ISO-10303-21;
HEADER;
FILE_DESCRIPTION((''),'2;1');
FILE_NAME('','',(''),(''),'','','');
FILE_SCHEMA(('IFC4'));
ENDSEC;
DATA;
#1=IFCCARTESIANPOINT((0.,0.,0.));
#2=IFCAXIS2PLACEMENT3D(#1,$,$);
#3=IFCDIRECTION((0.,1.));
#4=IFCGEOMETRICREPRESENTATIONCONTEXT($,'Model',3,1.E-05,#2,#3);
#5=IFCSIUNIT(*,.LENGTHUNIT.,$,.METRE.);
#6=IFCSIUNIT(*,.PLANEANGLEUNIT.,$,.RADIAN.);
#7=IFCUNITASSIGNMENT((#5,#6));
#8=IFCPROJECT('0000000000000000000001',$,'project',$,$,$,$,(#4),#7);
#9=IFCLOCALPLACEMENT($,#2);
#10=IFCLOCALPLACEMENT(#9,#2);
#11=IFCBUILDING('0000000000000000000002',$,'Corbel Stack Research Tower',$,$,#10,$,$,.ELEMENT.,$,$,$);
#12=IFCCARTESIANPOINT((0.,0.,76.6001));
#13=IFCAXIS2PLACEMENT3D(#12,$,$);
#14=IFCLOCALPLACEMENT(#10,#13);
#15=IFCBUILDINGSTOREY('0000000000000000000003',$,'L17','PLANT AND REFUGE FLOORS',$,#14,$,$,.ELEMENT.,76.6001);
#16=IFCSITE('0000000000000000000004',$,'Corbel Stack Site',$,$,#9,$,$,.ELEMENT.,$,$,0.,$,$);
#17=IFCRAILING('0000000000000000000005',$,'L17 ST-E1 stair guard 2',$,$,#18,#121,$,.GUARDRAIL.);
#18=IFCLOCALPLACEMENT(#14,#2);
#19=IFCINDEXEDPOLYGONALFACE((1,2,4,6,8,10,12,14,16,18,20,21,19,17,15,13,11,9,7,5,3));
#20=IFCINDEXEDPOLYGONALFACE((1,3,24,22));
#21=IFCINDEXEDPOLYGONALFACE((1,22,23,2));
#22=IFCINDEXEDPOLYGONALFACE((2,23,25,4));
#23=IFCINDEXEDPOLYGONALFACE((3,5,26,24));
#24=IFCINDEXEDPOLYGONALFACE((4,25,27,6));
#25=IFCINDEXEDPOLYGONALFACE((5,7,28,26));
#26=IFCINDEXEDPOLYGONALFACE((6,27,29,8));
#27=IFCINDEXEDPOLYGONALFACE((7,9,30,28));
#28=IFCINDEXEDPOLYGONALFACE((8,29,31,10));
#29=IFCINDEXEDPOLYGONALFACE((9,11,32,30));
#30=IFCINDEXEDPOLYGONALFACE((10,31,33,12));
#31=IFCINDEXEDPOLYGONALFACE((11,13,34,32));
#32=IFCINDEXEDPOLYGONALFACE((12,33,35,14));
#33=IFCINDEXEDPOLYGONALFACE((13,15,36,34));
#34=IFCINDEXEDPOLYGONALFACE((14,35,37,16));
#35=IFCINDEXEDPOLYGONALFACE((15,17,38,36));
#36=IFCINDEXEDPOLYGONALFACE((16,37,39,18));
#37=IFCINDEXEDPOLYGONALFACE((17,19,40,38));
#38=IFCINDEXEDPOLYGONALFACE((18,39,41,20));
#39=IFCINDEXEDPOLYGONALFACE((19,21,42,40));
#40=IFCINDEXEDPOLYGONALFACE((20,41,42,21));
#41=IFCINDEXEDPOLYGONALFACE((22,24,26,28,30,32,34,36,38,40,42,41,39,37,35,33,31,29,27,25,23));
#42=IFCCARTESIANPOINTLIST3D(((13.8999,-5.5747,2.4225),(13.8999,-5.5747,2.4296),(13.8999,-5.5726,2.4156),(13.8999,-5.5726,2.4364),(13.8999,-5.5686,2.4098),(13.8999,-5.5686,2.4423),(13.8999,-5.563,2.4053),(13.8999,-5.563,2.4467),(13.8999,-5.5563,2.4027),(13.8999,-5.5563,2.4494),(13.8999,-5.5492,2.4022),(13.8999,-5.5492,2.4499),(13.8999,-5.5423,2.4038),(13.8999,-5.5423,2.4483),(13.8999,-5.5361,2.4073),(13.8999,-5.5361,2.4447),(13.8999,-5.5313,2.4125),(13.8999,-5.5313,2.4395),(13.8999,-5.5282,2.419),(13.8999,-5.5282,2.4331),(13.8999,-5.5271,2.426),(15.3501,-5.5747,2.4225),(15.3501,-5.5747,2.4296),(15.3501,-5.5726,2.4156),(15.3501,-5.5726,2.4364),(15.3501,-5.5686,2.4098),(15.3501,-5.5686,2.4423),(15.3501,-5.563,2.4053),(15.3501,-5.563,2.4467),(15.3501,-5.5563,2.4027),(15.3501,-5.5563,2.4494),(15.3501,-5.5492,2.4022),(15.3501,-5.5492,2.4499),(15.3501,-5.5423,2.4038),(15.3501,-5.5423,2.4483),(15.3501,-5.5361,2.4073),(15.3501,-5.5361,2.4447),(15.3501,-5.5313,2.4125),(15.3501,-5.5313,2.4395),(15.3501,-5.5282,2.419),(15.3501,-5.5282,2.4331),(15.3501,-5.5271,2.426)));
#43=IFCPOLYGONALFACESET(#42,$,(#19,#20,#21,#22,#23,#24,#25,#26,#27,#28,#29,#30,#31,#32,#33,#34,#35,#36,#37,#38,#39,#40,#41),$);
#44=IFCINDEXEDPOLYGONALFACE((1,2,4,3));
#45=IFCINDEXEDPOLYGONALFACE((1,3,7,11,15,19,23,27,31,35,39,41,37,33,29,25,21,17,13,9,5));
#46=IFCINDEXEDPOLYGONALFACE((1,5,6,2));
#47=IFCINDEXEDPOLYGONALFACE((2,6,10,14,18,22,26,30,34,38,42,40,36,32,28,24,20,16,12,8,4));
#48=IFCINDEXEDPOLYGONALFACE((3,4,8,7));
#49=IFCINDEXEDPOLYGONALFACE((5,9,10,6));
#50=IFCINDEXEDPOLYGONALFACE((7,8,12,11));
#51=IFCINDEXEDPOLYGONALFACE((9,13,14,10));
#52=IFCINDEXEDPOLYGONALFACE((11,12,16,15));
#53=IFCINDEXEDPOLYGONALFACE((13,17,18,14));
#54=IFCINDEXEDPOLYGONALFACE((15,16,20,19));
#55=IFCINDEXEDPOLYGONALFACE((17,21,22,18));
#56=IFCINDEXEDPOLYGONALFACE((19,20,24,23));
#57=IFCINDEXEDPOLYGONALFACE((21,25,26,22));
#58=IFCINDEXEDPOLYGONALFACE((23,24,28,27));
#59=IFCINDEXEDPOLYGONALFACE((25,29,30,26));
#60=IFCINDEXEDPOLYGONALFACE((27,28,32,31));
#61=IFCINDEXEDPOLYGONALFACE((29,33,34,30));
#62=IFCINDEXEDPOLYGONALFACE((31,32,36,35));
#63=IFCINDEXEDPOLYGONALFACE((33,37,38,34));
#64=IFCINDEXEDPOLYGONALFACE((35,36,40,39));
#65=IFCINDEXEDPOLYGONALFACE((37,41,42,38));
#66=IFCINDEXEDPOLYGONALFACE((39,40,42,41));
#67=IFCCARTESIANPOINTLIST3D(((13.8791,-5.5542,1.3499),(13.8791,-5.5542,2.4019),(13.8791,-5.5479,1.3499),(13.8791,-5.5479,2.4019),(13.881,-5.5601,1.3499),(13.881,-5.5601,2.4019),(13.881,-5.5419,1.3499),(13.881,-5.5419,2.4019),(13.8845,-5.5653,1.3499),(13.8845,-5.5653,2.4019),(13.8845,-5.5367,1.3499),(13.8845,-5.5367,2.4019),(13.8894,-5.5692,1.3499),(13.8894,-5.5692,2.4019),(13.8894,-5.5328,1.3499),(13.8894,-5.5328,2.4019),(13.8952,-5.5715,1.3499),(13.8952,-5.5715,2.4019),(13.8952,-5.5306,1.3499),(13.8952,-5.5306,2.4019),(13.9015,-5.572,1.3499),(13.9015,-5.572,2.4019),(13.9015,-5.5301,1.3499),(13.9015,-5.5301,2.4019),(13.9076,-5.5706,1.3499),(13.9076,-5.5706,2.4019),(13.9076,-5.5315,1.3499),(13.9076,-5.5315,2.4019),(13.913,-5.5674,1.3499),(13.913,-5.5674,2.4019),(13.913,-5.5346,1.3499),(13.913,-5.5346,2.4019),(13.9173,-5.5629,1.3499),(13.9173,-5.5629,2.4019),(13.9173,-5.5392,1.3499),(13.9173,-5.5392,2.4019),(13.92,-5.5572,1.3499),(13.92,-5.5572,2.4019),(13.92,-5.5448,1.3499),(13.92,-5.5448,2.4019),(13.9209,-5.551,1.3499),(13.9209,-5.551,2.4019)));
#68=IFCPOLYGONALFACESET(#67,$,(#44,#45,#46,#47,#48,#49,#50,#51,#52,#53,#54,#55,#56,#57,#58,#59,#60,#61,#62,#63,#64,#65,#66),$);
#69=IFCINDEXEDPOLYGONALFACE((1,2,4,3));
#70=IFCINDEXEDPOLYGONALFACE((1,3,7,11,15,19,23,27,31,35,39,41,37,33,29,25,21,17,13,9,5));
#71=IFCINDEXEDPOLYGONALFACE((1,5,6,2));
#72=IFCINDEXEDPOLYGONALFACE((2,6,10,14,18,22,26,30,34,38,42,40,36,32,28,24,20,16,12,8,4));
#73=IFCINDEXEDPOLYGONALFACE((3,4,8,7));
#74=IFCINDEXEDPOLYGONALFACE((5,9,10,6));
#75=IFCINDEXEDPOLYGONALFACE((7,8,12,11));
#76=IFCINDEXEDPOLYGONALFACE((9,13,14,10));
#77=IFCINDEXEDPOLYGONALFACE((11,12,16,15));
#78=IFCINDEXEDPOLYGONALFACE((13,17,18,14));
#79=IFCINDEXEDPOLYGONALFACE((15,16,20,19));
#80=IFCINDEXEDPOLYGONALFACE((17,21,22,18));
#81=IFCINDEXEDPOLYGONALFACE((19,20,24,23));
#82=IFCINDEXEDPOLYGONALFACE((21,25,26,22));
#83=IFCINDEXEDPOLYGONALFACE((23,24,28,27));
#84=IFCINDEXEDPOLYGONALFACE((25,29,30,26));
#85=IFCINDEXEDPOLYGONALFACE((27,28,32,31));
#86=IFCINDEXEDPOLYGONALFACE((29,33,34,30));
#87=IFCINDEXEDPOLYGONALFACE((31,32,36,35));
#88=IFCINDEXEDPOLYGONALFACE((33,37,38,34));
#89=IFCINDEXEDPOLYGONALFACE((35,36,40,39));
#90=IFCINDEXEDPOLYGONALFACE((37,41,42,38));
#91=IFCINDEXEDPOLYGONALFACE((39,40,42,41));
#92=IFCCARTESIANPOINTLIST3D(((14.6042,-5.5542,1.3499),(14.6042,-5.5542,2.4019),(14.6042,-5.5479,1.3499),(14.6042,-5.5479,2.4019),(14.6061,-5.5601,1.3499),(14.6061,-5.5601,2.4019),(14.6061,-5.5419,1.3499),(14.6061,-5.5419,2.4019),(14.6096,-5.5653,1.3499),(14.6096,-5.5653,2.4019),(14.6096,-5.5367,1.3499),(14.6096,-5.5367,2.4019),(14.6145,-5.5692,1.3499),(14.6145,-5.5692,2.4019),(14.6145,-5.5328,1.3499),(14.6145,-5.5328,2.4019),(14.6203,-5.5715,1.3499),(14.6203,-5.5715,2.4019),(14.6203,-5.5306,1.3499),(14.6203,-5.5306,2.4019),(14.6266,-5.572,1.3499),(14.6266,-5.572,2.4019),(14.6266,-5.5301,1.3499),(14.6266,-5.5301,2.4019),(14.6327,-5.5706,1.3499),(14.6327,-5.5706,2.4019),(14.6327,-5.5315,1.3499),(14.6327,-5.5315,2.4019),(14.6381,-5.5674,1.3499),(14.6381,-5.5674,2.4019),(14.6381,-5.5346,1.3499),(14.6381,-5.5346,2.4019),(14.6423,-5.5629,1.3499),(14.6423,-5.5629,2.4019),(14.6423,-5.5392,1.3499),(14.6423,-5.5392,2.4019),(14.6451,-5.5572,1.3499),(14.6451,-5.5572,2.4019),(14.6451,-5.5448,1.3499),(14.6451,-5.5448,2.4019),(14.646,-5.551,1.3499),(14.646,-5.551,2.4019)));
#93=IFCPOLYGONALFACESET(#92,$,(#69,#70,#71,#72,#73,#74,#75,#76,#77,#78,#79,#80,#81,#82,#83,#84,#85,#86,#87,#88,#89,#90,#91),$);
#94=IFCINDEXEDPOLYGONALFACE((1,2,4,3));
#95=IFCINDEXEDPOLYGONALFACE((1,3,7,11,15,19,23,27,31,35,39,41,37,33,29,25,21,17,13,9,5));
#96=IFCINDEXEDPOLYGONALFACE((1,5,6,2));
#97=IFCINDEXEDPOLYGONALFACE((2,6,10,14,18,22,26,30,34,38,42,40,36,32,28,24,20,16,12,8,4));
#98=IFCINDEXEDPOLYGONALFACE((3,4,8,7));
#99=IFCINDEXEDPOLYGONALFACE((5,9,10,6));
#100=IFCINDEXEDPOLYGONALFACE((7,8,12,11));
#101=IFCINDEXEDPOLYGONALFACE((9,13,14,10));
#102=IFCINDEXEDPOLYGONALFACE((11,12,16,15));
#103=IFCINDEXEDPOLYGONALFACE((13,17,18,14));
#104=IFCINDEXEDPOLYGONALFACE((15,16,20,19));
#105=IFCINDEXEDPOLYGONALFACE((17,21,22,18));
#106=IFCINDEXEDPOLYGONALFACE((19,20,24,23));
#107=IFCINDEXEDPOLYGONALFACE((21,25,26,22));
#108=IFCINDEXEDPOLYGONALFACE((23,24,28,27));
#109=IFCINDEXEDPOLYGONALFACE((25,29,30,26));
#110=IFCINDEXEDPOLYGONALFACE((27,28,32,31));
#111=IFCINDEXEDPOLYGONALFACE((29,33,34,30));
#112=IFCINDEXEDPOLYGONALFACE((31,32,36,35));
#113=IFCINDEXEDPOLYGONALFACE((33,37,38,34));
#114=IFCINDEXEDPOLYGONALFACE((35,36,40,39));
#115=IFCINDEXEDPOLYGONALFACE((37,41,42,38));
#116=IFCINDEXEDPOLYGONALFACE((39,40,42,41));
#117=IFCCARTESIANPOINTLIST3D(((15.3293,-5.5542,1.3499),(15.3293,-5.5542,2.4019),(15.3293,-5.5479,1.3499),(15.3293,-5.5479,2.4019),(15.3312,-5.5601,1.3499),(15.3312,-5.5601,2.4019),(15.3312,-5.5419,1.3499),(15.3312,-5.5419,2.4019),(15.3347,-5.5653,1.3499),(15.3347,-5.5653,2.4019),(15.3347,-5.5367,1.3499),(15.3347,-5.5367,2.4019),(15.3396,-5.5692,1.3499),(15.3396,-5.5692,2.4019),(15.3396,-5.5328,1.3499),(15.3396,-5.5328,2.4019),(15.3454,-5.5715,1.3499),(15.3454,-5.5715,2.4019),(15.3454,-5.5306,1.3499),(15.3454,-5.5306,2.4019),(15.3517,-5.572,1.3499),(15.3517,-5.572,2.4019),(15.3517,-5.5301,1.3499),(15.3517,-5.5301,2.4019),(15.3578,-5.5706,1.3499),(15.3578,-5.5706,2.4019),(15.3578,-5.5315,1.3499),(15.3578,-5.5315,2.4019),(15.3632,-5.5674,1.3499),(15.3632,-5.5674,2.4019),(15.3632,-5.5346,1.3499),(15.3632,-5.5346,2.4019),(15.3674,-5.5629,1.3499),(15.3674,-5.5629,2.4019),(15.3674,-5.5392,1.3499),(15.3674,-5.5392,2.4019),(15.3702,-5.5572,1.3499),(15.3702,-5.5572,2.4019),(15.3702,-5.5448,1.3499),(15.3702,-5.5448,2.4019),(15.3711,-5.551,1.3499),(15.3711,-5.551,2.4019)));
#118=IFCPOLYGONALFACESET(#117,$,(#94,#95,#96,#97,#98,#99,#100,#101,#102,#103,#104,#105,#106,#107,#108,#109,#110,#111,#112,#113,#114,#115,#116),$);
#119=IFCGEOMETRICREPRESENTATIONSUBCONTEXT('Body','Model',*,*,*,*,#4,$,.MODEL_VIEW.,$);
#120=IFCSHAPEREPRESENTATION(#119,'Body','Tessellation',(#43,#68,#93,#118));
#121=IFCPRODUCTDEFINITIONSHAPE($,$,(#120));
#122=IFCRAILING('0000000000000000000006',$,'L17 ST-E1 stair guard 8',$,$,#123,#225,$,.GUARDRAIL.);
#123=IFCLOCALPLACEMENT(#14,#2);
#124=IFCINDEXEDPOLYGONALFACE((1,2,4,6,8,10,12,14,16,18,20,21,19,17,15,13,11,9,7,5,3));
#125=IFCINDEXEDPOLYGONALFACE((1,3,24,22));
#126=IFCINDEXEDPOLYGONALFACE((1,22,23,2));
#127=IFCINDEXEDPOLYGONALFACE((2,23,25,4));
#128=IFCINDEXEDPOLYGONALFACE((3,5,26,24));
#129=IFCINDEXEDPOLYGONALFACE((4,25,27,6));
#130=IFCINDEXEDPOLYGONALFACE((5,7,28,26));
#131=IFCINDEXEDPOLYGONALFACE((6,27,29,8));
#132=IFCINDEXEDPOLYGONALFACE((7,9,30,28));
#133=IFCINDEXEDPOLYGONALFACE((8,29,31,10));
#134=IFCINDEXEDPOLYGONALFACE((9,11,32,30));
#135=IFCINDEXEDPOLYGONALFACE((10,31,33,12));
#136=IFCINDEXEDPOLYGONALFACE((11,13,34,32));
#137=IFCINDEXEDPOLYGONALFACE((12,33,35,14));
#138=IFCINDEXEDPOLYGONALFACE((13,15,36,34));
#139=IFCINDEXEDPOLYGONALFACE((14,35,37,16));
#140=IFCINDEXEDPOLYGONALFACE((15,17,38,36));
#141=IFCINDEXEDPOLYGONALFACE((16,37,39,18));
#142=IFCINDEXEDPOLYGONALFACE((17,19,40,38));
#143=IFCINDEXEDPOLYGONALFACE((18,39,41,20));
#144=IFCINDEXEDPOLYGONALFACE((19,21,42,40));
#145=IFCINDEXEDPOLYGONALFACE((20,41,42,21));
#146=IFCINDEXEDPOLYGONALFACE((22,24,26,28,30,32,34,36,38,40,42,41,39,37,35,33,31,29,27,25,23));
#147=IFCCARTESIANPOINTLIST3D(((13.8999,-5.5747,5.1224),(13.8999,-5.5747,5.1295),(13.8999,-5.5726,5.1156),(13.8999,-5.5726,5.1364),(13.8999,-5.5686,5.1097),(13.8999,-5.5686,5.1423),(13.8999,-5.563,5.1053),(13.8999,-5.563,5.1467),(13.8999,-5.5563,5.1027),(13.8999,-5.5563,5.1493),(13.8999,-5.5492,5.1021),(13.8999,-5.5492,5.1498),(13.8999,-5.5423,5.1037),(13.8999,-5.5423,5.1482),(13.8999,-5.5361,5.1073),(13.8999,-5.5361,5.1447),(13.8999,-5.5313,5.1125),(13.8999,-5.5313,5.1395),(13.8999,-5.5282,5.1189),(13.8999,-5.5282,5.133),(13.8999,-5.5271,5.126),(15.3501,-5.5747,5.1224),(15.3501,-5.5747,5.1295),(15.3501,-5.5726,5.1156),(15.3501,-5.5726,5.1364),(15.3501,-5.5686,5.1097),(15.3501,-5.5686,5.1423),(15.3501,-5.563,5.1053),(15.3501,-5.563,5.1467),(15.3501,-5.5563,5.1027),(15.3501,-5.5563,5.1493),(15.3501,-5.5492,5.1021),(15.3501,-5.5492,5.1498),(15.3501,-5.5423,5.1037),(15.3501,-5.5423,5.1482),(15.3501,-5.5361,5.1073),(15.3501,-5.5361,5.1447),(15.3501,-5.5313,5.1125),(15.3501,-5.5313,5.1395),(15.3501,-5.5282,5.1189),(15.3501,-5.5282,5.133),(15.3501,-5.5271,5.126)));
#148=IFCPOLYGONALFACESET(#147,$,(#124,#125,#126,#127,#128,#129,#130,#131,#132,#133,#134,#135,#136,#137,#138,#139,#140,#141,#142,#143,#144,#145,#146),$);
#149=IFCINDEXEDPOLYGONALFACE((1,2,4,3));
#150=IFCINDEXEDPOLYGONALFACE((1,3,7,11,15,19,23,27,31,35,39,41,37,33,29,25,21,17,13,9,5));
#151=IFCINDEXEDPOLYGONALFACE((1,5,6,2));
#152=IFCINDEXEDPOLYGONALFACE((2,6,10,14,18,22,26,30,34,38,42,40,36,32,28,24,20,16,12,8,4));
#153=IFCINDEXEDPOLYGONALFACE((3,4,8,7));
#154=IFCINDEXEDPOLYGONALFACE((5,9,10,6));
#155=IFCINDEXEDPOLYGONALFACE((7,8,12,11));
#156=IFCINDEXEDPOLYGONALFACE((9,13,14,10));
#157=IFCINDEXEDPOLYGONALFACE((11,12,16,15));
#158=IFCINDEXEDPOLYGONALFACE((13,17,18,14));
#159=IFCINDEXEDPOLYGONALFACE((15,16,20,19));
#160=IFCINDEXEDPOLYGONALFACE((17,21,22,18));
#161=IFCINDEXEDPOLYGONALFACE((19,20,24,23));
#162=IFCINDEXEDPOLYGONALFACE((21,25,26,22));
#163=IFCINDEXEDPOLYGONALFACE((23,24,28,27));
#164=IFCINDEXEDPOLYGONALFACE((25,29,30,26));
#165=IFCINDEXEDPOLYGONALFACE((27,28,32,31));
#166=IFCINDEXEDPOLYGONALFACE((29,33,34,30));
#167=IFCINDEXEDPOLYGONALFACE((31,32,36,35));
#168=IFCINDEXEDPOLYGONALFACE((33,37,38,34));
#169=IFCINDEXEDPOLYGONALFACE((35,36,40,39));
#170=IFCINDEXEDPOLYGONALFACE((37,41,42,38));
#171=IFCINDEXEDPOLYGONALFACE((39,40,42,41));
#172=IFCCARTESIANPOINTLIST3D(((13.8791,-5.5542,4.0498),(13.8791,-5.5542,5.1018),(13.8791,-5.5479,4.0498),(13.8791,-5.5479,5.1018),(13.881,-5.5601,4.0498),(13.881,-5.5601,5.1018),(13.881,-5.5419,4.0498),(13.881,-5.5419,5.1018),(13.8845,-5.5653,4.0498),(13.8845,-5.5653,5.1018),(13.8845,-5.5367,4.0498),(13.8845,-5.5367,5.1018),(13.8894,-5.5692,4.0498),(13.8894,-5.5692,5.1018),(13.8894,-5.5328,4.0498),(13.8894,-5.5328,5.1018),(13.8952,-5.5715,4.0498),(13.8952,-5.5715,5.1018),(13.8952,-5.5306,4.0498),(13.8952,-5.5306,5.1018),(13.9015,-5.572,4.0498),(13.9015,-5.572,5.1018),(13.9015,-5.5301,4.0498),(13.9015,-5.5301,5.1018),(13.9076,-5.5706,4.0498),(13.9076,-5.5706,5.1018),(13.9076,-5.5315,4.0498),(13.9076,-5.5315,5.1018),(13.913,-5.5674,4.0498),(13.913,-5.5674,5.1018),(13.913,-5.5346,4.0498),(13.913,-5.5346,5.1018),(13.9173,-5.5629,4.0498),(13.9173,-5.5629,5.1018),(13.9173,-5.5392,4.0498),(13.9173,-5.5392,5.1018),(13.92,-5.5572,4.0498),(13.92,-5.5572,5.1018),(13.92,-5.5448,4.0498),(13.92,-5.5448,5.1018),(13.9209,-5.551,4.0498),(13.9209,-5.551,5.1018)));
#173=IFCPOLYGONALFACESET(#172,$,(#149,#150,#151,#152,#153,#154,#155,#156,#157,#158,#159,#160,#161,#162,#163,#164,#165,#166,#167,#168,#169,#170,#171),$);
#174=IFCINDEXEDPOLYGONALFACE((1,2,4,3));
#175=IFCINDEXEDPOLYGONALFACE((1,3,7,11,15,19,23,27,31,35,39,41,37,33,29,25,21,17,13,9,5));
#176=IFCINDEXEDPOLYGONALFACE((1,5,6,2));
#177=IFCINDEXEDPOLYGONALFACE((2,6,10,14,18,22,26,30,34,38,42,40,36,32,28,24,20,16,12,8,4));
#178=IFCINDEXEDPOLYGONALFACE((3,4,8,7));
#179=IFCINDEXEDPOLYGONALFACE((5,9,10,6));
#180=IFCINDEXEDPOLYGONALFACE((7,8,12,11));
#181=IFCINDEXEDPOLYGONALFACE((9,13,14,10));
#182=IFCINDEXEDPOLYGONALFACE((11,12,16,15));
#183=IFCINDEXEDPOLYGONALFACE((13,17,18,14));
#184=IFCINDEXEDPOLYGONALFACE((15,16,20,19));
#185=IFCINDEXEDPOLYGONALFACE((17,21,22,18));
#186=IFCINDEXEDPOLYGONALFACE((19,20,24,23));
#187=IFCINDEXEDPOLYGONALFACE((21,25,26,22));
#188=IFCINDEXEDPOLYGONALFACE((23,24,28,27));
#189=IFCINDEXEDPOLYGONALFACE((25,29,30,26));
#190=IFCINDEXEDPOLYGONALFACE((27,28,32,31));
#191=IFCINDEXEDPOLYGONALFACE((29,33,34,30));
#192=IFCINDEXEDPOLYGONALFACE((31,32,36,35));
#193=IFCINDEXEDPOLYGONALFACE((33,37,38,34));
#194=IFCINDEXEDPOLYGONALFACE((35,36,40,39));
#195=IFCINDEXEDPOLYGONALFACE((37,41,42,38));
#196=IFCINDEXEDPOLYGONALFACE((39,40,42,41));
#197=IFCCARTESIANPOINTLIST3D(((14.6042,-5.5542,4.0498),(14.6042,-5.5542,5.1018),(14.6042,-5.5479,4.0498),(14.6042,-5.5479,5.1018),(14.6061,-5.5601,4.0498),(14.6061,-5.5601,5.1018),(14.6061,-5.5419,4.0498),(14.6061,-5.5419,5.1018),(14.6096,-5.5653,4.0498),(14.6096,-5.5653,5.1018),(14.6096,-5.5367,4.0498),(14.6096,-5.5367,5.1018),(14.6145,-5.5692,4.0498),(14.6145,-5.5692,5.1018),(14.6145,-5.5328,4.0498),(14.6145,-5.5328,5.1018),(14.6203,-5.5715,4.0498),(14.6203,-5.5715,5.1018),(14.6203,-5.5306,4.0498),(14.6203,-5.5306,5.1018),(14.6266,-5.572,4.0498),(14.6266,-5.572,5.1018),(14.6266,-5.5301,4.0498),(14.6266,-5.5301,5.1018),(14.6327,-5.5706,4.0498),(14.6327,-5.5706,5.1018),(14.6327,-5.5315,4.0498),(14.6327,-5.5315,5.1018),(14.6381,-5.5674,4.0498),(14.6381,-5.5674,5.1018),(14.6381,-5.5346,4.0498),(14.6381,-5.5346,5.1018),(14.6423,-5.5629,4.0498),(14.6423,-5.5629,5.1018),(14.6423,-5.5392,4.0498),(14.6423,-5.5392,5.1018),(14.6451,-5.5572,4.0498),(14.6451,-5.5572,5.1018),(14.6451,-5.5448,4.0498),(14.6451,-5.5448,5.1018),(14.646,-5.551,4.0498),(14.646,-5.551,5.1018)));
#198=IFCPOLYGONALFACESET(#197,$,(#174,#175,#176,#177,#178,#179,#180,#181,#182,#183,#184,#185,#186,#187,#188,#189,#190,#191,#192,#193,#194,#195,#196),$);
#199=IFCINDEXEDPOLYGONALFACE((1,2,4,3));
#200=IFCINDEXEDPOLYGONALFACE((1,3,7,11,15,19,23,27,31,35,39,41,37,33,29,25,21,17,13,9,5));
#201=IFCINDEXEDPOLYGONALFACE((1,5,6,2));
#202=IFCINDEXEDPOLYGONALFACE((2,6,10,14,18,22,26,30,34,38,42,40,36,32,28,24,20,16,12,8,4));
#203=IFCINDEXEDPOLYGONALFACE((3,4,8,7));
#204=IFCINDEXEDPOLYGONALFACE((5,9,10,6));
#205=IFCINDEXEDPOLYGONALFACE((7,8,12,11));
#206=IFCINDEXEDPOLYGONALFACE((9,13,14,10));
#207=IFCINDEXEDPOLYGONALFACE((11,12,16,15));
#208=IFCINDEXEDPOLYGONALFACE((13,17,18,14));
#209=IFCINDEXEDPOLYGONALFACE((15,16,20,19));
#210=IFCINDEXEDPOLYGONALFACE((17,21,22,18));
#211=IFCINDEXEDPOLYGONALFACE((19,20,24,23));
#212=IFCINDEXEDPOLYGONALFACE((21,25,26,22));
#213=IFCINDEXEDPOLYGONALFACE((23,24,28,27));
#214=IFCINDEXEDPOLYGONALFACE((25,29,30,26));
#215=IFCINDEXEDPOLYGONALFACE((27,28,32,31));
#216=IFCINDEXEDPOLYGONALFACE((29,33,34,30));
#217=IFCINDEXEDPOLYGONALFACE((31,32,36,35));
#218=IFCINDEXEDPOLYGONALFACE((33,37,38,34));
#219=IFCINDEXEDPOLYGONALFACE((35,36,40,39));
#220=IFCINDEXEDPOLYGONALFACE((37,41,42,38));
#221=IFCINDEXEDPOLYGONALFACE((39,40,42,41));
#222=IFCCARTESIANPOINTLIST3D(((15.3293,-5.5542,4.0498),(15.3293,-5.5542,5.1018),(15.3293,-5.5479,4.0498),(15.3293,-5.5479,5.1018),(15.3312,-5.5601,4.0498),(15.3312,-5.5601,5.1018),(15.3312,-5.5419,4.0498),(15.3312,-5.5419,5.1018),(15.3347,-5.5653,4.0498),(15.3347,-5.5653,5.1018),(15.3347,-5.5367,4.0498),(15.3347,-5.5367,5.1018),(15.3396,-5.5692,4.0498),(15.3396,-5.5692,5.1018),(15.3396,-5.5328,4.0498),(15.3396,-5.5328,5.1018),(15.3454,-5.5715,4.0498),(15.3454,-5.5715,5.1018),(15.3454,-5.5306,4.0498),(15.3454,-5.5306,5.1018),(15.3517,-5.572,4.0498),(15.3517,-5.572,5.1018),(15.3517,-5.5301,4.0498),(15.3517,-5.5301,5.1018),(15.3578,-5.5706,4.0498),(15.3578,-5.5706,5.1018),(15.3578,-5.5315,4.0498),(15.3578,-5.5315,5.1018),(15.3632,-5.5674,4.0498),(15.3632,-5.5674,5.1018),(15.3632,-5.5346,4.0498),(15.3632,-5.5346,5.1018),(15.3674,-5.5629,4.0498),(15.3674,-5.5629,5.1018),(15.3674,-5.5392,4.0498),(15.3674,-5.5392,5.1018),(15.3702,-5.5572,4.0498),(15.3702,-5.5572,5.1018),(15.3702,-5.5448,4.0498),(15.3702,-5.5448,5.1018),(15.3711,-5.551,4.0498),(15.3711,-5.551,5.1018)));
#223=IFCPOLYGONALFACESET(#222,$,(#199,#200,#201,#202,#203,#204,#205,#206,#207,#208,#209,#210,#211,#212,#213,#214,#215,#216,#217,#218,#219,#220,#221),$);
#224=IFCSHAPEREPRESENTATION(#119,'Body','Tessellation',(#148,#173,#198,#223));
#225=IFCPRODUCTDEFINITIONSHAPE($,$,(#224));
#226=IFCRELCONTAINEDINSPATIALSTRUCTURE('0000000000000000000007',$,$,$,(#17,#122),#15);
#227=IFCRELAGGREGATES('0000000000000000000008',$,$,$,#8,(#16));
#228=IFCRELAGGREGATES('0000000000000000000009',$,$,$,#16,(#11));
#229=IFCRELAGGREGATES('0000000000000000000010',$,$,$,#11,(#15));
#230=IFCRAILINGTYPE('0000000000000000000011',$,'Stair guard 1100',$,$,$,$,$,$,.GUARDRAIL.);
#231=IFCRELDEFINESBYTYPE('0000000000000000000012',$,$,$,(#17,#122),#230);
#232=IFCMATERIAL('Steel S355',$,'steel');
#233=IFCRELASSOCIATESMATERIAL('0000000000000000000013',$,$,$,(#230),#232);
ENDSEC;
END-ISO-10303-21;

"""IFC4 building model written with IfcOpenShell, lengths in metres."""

from ifc_helpers import new_model, si_unit, direction, frame, origin, origin_2d, place, context, subcontext, project, spatial, circle, extrude, material, type_object, element, save


model = new_model("IFC4")

# Units and contexts
model_context = context("Model", 3, precision=1e-05, world=origin(), true_north=direction((0.0, 1.0)))
body_context = subcontext(model_context, "Body", "Model", "MODEL_VIEW")
ifc_project = project(units=[si_unit("LENGTHUNIT", "METRE"), si_unit("PLANEANGLEUNIT", "RADIAN")], contexts=[model_context])

# Site, building, storey
site_placement = place(None, origin())
site = spatial("IfcSite", under=ifc_project, at=site_placement, Name="Corbel Stack Site", CompositionType="ELEMENT", RefElevation=0.0)
building_placement = place(site_placement, origin())
building = spatial("IfcBuilding", under=site, at=building_placement, Name="Corbel Stack Research Tower", CompositionType="ELEMENT")
storey_placement = place(building_placement, frame((0.0, 0.0, 76.6001)))
storey = spatial("IfcBuildingStorey", under=building, at=storey_placement, Name="L17", Description="PLANT AND REFUGE FLOORS", CompositionType="ELEMENT", Elevation=76.6001)

# Railings
ifc_material_1 = material(Name="Steel S355", Category="steel")
railing_type = type_object("IfcRailingType", Name="Stair guard 1100", PredefinedType="GUARDRAIL", material=ifc_material_1)
for number, where, name in (
    (1, (13.8999, -5.551, 1.3499), "L17 ST-E1 stair guard 2"),
    (2, (13.8999, -5.551, 4.0498), "L17 ST-E1 stair guard 8"),
):
    element("IfcRailing", number, at=place(storey_placement, frame(where)), inside=storey, type_object=railing_type, Name=name, PredefinedType="GUARDRAIL", context=body_context, shape_type="SweptSolid", body=[
        extrude(circle(Radius=0.0239, at=origin_2d()), frame((0.0, 0.0, 1.0762), z_axis=(1.0, 0.0, 0.0), x_axis=(0.0, 1.0, 0.0)), (0.0, 0.0, 1.0), 1.4502),
        extrude(circle(Radius=0.021, at=origin_2d()), origin(), (0.0, 0.0, 1.0), 1.052),
        extrude(circle(Radius=0.021, at=origin_2d()), frame((0.7251, 0.0, 0.0)), (0.0, 0.0, 1.0), 1.052),
        extrude(circle(Radius=0.021, at=origin_2d()), frame((1.4502, 0.0, 0.0)), (0.0, 0.0, 1.0), 1.052),
    ])

save(model, "model.ifc")
